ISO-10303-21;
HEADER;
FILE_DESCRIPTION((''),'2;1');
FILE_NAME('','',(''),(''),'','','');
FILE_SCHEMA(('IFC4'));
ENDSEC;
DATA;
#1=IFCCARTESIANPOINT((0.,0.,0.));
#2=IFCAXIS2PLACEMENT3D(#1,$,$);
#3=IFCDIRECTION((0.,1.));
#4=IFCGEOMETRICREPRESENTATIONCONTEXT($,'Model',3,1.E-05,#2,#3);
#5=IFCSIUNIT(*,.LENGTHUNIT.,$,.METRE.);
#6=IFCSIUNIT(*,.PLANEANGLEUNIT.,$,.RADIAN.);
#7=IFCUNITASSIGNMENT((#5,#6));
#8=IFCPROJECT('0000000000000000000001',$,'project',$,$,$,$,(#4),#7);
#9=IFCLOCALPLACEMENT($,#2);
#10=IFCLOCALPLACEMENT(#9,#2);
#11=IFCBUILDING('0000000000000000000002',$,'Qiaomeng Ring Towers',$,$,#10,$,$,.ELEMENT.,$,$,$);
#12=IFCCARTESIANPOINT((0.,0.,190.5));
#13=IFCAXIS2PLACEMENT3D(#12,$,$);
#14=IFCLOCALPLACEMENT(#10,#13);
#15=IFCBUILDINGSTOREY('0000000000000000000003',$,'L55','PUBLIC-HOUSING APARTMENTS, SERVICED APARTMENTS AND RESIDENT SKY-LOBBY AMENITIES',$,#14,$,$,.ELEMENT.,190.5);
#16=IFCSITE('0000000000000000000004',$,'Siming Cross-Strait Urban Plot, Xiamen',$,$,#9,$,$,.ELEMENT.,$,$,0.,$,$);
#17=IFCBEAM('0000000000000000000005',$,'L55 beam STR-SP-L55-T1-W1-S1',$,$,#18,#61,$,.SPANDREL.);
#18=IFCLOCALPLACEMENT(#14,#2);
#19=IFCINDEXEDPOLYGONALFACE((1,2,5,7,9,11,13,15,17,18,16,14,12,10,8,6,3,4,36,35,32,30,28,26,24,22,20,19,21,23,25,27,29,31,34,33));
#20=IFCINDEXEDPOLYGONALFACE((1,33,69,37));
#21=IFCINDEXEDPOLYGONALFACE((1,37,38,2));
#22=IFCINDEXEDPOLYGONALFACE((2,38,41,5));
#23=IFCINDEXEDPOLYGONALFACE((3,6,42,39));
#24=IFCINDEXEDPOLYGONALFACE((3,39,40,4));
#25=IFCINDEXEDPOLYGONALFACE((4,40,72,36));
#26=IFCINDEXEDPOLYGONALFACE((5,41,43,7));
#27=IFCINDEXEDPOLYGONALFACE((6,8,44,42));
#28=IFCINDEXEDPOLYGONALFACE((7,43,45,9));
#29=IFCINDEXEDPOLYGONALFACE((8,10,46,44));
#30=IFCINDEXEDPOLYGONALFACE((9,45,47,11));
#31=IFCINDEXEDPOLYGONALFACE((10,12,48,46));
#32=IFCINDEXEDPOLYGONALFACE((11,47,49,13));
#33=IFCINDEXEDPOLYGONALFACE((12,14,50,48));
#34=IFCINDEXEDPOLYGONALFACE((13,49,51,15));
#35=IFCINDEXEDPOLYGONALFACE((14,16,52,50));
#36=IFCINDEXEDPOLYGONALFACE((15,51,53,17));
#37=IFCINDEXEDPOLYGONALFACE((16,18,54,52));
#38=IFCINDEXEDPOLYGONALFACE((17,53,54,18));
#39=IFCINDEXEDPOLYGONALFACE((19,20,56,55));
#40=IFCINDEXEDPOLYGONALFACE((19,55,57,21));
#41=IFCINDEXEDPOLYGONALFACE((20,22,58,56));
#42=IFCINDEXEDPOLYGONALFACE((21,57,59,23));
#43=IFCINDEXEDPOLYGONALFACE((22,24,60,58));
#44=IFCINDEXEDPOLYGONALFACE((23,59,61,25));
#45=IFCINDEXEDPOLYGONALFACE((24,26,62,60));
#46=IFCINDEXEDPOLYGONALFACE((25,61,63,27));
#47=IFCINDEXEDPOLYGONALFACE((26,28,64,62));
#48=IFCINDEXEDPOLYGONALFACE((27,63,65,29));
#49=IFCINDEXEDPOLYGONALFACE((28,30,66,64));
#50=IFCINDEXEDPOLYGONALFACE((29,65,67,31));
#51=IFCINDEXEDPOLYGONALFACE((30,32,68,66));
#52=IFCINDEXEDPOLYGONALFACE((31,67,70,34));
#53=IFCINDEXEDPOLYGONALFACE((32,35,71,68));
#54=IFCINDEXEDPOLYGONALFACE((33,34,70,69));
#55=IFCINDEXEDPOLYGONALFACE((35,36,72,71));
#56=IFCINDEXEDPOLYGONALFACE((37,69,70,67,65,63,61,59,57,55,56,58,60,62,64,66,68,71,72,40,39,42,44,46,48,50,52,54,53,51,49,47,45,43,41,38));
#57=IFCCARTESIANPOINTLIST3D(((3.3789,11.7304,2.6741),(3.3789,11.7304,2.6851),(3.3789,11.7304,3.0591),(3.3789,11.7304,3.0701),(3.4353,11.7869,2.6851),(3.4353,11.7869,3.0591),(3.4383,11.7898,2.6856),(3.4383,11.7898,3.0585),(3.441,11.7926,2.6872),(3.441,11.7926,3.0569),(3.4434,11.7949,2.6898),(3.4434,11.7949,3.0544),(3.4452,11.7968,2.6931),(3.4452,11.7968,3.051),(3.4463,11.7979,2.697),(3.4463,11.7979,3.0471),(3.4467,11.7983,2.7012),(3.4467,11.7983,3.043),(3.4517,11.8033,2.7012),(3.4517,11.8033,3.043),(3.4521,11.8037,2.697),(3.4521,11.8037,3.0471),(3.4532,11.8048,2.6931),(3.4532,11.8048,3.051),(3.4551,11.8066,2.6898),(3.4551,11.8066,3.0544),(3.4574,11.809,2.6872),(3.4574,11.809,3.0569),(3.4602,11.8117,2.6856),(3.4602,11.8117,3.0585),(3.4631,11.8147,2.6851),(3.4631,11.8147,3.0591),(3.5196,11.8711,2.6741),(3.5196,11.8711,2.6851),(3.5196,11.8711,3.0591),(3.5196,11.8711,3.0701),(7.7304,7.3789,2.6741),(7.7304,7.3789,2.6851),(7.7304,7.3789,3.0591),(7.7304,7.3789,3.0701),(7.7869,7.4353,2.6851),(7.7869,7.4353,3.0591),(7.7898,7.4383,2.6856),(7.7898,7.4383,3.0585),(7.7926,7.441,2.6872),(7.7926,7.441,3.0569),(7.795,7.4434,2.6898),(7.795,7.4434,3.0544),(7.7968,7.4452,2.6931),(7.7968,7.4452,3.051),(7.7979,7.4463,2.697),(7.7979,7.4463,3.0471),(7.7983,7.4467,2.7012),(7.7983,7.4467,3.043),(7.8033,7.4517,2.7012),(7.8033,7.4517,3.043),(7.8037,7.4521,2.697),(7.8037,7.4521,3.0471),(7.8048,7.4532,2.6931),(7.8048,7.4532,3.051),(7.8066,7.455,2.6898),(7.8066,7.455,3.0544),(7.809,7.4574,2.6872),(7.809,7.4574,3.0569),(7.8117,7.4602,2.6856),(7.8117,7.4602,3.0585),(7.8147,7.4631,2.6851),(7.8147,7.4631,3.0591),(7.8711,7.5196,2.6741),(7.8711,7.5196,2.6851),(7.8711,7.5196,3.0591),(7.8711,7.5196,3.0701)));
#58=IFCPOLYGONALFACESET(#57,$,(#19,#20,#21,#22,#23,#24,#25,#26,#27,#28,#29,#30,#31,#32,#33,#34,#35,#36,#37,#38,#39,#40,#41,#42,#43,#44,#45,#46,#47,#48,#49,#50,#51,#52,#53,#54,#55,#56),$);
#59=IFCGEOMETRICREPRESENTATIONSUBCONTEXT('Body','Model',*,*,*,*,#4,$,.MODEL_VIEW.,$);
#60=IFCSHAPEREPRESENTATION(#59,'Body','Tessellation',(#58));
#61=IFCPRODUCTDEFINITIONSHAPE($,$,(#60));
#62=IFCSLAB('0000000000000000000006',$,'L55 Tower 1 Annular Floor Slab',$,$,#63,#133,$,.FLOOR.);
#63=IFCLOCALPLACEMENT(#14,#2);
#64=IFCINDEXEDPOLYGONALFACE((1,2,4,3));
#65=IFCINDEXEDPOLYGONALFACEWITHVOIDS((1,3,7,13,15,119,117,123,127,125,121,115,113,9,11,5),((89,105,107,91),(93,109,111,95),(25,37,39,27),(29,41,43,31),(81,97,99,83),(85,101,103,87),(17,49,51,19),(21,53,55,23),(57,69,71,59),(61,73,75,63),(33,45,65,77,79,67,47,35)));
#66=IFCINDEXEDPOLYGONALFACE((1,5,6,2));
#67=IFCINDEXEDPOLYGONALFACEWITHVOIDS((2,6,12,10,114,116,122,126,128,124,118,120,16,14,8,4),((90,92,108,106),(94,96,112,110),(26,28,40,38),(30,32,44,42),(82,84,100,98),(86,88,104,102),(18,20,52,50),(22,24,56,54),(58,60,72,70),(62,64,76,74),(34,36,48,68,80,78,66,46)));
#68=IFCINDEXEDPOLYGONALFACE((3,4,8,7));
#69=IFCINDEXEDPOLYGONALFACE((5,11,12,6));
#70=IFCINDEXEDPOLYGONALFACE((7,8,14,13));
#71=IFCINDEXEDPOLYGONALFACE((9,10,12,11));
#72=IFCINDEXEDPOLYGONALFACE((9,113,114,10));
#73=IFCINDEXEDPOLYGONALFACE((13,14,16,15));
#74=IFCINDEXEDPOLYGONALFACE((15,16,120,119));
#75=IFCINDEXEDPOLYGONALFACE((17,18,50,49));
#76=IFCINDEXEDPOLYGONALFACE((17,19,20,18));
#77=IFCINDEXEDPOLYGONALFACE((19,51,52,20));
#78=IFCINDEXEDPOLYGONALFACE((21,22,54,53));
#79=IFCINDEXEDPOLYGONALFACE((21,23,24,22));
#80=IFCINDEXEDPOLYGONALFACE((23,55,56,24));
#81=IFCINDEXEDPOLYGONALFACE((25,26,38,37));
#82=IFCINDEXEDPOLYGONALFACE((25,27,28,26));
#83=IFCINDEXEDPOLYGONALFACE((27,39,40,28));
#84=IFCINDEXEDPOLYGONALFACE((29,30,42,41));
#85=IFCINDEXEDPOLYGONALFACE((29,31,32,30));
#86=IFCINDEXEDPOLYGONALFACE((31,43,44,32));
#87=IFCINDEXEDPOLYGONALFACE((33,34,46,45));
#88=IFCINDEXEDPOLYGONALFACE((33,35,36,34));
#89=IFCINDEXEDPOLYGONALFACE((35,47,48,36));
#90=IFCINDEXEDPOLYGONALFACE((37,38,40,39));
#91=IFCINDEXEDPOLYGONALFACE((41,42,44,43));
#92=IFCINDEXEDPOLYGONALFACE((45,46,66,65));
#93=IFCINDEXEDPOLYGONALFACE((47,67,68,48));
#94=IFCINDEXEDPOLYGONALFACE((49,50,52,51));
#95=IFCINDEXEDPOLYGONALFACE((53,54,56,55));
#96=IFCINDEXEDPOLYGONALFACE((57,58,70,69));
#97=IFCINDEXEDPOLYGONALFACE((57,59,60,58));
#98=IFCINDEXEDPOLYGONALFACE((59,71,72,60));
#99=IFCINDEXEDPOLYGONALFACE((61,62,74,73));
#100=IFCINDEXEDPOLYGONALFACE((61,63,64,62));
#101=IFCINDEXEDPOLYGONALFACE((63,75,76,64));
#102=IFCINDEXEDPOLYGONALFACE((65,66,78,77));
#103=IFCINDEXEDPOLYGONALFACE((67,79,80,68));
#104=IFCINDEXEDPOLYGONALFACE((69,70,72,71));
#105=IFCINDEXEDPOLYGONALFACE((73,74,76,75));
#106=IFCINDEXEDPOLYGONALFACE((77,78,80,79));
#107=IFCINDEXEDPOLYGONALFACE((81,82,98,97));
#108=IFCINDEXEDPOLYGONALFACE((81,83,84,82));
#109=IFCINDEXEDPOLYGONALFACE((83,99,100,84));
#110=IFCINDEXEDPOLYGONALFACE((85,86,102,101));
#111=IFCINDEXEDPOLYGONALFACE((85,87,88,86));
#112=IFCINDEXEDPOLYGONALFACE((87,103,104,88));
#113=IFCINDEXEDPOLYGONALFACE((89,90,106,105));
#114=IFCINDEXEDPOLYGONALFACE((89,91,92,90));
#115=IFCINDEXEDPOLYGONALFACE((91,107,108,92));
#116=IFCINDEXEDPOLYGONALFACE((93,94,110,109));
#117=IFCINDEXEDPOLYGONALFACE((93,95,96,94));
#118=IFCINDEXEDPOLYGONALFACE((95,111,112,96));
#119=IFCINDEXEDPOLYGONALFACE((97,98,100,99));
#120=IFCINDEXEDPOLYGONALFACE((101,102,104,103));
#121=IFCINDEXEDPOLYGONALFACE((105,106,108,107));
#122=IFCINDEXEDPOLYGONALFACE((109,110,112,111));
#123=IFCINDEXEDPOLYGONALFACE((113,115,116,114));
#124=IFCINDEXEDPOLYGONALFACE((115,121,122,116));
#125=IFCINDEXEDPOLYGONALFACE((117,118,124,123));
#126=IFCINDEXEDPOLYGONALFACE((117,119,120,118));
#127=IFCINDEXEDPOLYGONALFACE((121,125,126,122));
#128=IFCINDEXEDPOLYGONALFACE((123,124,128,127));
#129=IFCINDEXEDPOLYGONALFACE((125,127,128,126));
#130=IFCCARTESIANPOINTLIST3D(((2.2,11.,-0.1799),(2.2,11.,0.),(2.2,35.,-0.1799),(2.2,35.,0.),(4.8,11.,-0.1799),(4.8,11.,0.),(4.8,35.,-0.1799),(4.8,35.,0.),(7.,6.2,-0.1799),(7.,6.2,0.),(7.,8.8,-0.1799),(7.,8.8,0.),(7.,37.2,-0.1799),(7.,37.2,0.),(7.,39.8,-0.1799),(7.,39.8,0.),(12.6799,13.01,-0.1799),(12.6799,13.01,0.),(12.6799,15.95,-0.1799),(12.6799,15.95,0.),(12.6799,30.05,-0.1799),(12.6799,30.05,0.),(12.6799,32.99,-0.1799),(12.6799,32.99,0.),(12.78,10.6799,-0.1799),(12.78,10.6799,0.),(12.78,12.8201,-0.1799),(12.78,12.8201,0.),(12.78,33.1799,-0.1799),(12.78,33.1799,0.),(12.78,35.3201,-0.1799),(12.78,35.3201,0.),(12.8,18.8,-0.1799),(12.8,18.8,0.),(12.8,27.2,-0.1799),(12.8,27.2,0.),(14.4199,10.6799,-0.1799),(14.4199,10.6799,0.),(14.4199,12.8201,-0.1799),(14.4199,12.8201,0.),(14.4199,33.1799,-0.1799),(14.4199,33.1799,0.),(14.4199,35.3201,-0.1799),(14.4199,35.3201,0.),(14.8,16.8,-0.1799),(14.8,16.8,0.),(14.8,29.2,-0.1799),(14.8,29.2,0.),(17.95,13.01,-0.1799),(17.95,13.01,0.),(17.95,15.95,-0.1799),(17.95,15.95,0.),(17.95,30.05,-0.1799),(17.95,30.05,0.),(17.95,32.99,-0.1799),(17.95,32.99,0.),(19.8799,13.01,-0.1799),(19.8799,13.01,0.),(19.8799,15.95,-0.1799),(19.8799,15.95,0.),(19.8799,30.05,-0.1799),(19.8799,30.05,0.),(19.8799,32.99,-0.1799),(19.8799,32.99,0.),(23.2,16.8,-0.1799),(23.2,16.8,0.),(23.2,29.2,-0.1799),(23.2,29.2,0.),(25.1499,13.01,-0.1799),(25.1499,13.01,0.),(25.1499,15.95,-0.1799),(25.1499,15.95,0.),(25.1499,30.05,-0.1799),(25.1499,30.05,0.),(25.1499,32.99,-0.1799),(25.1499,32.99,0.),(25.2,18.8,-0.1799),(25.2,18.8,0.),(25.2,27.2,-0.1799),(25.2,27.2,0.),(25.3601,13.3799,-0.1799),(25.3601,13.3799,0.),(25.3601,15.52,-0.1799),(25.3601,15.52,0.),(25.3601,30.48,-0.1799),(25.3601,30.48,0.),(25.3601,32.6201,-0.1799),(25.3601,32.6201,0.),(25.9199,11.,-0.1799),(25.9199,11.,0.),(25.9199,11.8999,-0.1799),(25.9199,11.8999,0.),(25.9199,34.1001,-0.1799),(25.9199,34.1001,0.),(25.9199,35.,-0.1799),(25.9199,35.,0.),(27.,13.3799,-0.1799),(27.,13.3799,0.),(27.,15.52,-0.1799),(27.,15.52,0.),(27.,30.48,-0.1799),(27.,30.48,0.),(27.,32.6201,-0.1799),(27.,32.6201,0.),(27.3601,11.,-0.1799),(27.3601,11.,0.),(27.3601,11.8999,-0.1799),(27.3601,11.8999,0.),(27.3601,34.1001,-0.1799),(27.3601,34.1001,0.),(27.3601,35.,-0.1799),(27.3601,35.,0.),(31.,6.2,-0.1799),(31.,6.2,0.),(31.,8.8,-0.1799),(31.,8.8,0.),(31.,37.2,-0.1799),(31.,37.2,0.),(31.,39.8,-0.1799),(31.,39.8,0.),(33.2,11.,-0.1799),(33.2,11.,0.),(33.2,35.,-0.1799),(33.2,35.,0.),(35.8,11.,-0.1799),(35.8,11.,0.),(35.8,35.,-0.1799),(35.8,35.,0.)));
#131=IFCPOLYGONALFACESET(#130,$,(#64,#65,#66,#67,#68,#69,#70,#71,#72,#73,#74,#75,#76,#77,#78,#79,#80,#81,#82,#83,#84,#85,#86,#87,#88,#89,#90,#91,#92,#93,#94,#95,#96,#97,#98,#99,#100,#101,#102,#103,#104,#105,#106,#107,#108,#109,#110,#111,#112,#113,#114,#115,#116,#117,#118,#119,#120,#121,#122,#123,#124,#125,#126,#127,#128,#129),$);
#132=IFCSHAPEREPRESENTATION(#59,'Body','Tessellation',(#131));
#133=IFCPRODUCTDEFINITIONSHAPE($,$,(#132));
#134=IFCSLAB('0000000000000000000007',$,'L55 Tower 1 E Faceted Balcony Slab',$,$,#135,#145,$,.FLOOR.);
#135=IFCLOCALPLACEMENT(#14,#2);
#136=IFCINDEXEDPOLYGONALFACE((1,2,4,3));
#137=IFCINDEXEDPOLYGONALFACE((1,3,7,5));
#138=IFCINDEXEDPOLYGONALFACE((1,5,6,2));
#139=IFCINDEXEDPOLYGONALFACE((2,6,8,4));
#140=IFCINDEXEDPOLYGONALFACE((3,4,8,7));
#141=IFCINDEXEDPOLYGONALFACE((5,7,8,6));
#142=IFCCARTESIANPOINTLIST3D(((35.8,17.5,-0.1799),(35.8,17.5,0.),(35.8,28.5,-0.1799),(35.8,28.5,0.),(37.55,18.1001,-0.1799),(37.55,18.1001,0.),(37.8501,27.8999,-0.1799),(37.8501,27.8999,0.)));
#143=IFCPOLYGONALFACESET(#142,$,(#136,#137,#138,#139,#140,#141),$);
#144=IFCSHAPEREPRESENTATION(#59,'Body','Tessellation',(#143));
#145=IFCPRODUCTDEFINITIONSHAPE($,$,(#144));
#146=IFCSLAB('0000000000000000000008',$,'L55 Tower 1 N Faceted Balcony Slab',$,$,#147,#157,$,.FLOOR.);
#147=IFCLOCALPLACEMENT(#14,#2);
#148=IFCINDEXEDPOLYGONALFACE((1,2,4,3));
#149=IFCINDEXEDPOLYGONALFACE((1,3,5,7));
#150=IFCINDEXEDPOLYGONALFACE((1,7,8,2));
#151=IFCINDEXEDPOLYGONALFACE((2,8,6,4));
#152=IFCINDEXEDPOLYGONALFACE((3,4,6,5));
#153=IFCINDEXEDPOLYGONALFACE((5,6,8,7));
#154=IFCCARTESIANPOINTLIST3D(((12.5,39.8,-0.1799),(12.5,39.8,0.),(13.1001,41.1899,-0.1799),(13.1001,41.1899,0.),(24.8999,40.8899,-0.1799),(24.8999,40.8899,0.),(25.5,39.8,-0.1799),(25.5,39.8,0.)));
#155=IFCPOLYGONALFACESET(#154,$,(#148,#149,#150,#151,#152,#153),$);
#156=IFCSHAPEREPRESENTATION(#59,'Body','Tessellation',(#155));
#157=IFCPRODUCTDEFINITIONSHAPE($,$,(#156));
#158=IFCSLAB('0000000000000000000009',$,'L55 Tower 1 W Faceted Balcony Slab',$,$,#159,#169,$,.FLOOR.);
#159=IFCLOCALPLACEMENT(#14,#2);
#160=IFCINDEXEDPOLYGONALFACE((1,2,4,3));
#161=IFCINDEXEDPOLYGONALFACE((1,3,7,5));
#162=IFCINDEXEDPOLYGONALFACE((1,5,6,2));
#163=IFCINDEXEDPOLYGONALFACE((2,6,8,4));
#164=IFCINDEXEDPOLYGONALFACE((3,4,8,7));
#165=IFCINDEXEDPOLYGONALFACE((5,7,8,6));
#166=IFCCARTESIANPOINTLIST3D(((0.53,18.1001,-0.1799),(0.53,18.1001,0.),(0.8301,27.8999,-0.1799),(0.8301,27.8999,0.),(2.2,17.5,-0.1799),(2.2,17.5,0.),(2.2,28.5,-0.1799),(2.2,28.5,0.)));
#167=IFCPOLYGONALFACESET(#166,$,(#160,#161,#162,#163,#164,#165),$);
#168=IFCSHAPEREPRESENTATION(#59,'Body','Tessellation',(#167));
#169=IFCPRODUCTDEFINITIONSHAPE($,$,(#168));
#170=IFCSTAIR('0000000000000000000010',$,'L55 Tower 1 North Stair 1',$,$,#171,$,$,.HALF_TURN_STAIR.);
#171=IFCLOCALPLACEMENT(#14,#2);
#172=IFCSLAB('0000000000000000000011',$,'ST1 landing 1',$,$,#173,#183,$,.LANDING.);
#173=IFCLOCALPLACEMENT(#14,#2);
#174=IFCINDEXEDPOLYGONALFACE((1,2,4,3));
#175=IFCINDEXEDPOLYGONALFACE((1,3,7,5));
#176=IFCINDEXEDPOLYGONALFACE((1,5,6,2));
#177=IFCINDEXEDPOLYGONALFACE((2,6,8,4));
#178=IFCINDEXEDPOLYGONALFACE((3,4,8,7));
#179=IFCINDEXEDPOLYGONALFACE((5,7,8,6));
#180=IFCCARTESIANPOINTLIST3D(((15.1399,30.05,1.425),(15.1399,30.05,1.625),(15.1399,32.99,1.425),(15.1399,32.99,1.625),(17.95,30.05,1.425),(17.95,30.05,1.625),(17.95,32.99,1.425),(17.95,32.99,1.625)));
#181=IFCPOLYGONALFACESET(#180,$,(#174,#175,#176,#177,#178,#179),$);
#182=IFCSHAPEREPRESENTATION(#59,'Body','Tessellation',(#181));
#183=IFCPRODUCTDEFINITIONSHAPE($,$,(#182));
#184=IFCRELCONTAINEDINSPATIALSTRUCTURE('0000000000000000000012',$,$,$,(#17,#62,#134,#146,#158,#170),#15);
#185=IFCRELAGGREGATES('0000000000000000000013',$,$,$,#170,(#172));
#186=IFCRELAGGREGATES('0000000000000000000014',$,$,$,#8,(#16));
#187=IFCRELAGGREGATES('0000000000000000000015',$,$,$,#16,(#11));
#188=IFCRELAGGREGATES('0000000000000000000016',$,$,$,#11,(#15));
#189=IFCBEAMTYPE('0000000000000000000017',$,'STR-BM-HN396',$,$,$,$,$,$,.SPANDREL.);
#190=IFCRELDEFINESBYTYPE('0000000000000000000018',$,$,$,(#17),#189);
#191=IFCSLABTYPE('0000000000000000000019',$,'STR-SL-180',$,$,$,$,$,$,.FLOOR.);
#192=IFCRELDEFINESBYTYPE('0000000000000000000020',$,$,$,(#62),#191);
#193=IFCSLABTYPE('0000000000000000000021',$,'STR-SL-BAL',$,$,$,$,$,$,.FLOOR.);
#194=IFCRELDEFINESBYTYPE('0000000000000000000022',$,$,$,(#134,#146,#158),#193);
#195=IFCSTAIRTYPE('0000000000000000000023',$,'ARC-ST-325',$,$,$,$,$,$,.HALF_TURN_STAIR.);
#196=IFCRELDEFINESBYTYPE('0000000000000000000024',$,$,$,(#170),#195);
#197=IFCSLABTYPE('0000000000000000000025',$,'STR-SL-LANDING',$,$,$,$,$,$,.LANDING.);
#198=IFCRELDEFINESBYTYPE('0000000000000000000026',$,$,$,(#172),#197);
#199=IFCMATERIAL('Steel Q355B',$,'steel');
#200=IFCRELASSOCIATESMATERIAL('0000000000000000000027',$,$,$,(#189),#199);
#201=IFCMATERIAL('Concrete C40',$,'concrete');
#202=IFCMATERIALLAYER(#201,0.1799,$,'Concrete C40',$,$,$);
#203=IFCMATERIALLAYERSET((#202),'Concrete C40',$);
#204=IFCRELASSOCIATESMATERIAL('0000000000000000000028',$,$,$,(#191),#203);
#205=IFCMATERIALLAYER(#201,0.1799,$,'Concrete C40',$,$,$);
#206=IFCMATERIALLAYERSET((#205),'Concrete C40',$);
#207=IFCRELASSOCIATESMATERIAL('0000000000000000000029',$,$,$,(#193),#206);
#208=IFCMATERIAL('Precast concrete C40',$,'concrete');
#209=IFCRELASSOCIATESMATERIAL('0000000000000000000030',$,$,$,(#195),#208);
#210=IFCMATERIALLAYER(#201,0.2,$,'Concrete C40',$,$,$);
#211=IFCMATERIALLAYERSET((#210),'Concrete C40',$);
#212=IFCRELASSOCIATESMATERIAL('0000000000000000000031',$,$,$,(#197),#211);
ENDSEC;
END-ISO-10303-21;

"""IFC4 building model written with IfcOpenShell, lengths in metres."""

from ifc_helpers import new_model, si_unit, direction, frame, origin, origin_2d, place, context, subcontext, project, spatial, polyline, i_section, outline, extrude, source, transform, mapped, material, layer, layer_set, material_profile, profile_set, type_object, element, aggregate, save


model = new_model("IFC4")

# Units and contexts
model_context = context("Model", 3, precision=1e-05, world=origin(), true_north=direction((0.0, 1.0)))
body_context = subcontext(model_context, "Body", "Model", "MODEL_VIEW")
ifc_project = project(units=[si_unit("LENGTHUNIT", "METRE"), si_unit("PLANEANGLEUNIT", "RADIAN")], contexts=[model_context])

# Site, building, storey
site_placement = place(None, origin())
site = spatial("IfcSite", under=ifc_project, at=site_placement, Name="Siming Cross-Strait Urban Plot, Xiamen", CompositionType="ELEMENT", RefElevation=0.0)
building_placement = place(site_placement, origin())
building = spatial("IfcBuilding", under=site, at=building_placement, Name="Qiaomeng Ring Towers", CompositionType="ELEMENT")
storey_placement = place(building_placement, frame((0.0, 0.0, 190.5)))
storey = spatial("IfcBuildingStorey", under=building, at=storey_placement, Name="L55", Description="PUBLIC-HOUSING APARTMENTS, SERVICED APARTMENTS AND RESIDENT SKY-LOBBY AMENITIES", CompositionType="ELEMENT", Elevation=190.5)

# Beam
ifc_material_1 = material(Name="Steel Q355B", Category="steel")
ifc_material_profile = material_profile(ifc_material_1, i_section(OverallWidth=0.199, OverallDepth=0.396, WebThickness=0.0071, FlangeThickness=0.011, FilletRadius=0.0161, at=origin_2d()), Name="HN 396x199x7x11")
ifc_profile_set = profile_set([ifc_material_profile], Name="Steel Q355B")
beam_type = type_object("IfcBeamType", Name="STR-BM-HN396", PredefinedType="SPANDREL", material=ifc_profile_set)
shared_shape_1 = source(origin(), body_context, "Body", "SweptSolid", [
    extrude(i_section(OverallWidth=0.199, OverallDepth=0.396, WebThickness=0.0071, FlangeThickness=0.011, FilletRadius=0.0161, at=origin_2d()), origin(), (0.0, 0.0, 1.0), 6.1541),
])
beam_placement = place(storey_placement, frame((3.4492, 11.8008, 2.8721), z_axis=(0.707107, -0.707107, 0.0), x_axis=(0.707107, 0.707107, 0.0)))
element("IfcBeam", 1, at=beam_placement, inside=storey, type_object=beam_type, Name="L55 beam STR-SP-L55-T1-W1-S1", PredefinedType="SPANDREL", context=body_context, shape_type="MappedRepresentation", body=[
    mapped(shared_shape_1, transform((0.0, 0.0, 0.0), x_axis=(1.0, 0.0, 0.0), y_axis=(0.0, 1.0, 0.0), z_axis=(0.0, 0.0, 1.0), scale=1.0)),
])

# Slabs
ifc_material_2 = material(Name="Concrete C40", Category="concrete")
ifc_layer_1 = layer(ifc_material_2, 0.1799, Name="Concrete C40")
ifc_layer_set_1 = layer_set([ifc_layer_1], Name="Concrete C40")
slab_type_1 = type_object("IfcSlabType", Name="STR-SL-180", PredefinedType="FLOOR", material=ifc_layer_set_1)
slab_1_placement = place(storey_placement, frame((0.0, 0.0, -0.1799)))
element("IfcSlab", 2, at=slab_1_placement, inside=storey, type_object=slab_type_1, Name="L55 Tower 1 Annular Floor Slab", PredefinedType="FLOOR", context=body_context, shape_type="SweptSolid", body=[
    extrude(outline(polyline([(7.0, 6.2), (31.0, 6.2), (31.0, 8.8), (33.2, 11.0), (35.8, 11.0), (35.8, 35.0), (33.2, 35.0), (31.0, 37.2), (31.0, 39.8), (7.0, 39.8), (7.0, 37.2), (4.8, 35.0), (2.2, 35.0), (2.2, 11.0), (4.8, 11.0), (7.0, 8.8), (7.0, 6.2)]), holes=[polyline([(12.78, 10.6799), (12.78, 12.8201), (14.4199, 12.8201), (14.4199, 10.6799), (12.78, 10.6799)]), polyline([(12.6799, 13.01), (12.6799, 15.95), (17.95, 15.95), (17.95, 13.01), (12.6799, 13.01)]), polyline([(23.2, 29.2), (25.2, 27.2), (25.2, 18.8), (23.2, 16.8), (14.8, 16.8), (12.8, 18.8), (12.8, 27.2), (14.8, 29.2), (23.2, 29.2)]), polyline([(12.6799, 32.99), (17.95, 32.99), (17.95, 30.05), (12.6799, 30.05), (12.6799, 32.99)]), polyline([(19.8799, 32.99), (25.1499, 32.99), (25.1499, 30.05), (19.8799, 30.05), (19.8799, 32.99)]), polyline([(12.78, 33.1799), (12.78, 35.3201), (14.4199, 35.3201), (14.4199, 33.1799), (12.78, 33.1799)]), polyline([(25.9199, 11.8999), (27.3601, 11.8999), (27.3601, 11.0), (25.9199, 11.0), (25.9199, 11.8999)]), polyline([(25.3601, 15.52), (27.0, 15.52), (27.0, 13.3799), (25.3601, 13.3799), (25.3601, 15.52)]), polyline([(19.8799, 13.01), (19.8799, 15.95), (25.1499, 15.95), (25.1499, 13.01), (19.8799, 13.01)]), polyline([(25.3601, 32.6201), (27.0, 32.6201), (27.0, 30.48), (25.3601, 30.48), (25.3601, 32.6201)]), polyline([(25.9199, 35.0), (27.3601, 35.0), (27.3601, 34.1001), (25.9199, 34.1001), (25.9199, 35.0)])]), origin(), (0.0, 0.0, 1.0), 0.1799),
])
ifc_layer_2 = layer(ifc_material_2, 0.1799, Name="Concrete C40")
ifc_layer_set_2 = layer_set([ifc_layer_2], Name="Concrete C40")
slab_type_2 = type_object("IfcSlabType", Name="STR-SL-BAL", PredefinedType="FLOOR", material=ifc_layer_set_2)
slab_2_placement = place(storey_placement, frame((0.0, 0.0, -0.1799)))
element("IfcSlab", 3, at=slab_2_placement, inside=storey, type_object=slab_type_2, Name="L55 Tower 1 E Faceted Balcony Slab", PredefinedType="FLOOR", context=body_context, shape_type="SweptSolid", body=[
    extrude(outline(polyline([(37.8501, 27.8999), (37.55, 18.1001), (35.8, 17.5), (35.8, 28.5), (37.8501, 27.8999)])), origin(), (0.0, 0.0, 1.0), 0.1799),
])
slab_3_placement = place(storey_placement, frame((0.0, 0.0, -0.1799)))
element("IfcSlab", 4, at=slab_3_placement, inside=storey, type_object=slab_type_2, Name="L55 Tower 1 N Faceted Balcony Slab", PredefinedType="FLOOR", context=body_context, shape_type="SweptSolid", body=[
    extrude(outline(polyline([(12.5, 39.8), (13.1001, 41.1899), (24.8999, 40.8899), (25.5, 39.8), (12.5, 39.8)])), origin(), (0.0, 0.0, 1.0), 0.1799),
])
slab_4_placement = place(storey_placement, frame((0.0, 0.0, -0.1799)))
element("IfcSlab", 5, at=slab_4_placement, inside=storey, type_object=slab_type_2, Name="L55 Tower 1 W Faceted Balcony Slab", PredefinedType="FLOOR", context=body_context, shape_type="SweptSolid", body=[
    extrude(outline(polyline([(0.53, 18.1001), (0.8301, 27.8999), (2.2, 28.5), (2.2, 17.5), (0.53, 18.1001)])), origin(), (0.0, 0.0, 1.0), 0.1799),
])

# Stair, slab
ifc_material_3 = material(Name="Precast concrete C40", Category="concrete")
stair_type = type_object("IfcStairType", Name="ARC-ST-325", PredefinedType="HALF_TURN_STAIR", material=ifc_material_3)
stair_1_placement = place(storey_placement, origin())
stair_1 = element("IfcStair", 6, at=stair_1_placement, inside=storey, type_object=stair_type, Name="L55 Tower 1 North Stair 1", PredefinedType="HALF_TURN_STAIR")
ifc_layer_3 = layer(ifc_material_2, 0.2, Name="Concrete C40")
ifc_layer_set_3 = layer_set([ifc_layer_3], Name="Concrete C40")
slab_type_3 = type_object("IfcSlabType", Name="STR-SL-LANDING", PredefinedType="LANDING", material=ifc_layer_set_3)
slab_5_placement = place(storey_placement, frame((0.0, 0.0, 1.425)))
slab_5 = element("IfcSlab", 7, at=slab_5_placement, type_object=slab_type_3, Name="ST1 landing 1", PredefinedType="LANDING", context=body_context, shape_type="SweptSolid", body=[
    extrude(outline(polyline([(15.1399, 30.05), (17.95, 30.05), (17.95, 32.99), (15.1399, 32.99), (15.1399, 30.05)])), origin(), (0.0, 0.0, 1.0), 0.2),
])
aggregate(stair_1, [slab_5])

save(model, "model.ifc")
